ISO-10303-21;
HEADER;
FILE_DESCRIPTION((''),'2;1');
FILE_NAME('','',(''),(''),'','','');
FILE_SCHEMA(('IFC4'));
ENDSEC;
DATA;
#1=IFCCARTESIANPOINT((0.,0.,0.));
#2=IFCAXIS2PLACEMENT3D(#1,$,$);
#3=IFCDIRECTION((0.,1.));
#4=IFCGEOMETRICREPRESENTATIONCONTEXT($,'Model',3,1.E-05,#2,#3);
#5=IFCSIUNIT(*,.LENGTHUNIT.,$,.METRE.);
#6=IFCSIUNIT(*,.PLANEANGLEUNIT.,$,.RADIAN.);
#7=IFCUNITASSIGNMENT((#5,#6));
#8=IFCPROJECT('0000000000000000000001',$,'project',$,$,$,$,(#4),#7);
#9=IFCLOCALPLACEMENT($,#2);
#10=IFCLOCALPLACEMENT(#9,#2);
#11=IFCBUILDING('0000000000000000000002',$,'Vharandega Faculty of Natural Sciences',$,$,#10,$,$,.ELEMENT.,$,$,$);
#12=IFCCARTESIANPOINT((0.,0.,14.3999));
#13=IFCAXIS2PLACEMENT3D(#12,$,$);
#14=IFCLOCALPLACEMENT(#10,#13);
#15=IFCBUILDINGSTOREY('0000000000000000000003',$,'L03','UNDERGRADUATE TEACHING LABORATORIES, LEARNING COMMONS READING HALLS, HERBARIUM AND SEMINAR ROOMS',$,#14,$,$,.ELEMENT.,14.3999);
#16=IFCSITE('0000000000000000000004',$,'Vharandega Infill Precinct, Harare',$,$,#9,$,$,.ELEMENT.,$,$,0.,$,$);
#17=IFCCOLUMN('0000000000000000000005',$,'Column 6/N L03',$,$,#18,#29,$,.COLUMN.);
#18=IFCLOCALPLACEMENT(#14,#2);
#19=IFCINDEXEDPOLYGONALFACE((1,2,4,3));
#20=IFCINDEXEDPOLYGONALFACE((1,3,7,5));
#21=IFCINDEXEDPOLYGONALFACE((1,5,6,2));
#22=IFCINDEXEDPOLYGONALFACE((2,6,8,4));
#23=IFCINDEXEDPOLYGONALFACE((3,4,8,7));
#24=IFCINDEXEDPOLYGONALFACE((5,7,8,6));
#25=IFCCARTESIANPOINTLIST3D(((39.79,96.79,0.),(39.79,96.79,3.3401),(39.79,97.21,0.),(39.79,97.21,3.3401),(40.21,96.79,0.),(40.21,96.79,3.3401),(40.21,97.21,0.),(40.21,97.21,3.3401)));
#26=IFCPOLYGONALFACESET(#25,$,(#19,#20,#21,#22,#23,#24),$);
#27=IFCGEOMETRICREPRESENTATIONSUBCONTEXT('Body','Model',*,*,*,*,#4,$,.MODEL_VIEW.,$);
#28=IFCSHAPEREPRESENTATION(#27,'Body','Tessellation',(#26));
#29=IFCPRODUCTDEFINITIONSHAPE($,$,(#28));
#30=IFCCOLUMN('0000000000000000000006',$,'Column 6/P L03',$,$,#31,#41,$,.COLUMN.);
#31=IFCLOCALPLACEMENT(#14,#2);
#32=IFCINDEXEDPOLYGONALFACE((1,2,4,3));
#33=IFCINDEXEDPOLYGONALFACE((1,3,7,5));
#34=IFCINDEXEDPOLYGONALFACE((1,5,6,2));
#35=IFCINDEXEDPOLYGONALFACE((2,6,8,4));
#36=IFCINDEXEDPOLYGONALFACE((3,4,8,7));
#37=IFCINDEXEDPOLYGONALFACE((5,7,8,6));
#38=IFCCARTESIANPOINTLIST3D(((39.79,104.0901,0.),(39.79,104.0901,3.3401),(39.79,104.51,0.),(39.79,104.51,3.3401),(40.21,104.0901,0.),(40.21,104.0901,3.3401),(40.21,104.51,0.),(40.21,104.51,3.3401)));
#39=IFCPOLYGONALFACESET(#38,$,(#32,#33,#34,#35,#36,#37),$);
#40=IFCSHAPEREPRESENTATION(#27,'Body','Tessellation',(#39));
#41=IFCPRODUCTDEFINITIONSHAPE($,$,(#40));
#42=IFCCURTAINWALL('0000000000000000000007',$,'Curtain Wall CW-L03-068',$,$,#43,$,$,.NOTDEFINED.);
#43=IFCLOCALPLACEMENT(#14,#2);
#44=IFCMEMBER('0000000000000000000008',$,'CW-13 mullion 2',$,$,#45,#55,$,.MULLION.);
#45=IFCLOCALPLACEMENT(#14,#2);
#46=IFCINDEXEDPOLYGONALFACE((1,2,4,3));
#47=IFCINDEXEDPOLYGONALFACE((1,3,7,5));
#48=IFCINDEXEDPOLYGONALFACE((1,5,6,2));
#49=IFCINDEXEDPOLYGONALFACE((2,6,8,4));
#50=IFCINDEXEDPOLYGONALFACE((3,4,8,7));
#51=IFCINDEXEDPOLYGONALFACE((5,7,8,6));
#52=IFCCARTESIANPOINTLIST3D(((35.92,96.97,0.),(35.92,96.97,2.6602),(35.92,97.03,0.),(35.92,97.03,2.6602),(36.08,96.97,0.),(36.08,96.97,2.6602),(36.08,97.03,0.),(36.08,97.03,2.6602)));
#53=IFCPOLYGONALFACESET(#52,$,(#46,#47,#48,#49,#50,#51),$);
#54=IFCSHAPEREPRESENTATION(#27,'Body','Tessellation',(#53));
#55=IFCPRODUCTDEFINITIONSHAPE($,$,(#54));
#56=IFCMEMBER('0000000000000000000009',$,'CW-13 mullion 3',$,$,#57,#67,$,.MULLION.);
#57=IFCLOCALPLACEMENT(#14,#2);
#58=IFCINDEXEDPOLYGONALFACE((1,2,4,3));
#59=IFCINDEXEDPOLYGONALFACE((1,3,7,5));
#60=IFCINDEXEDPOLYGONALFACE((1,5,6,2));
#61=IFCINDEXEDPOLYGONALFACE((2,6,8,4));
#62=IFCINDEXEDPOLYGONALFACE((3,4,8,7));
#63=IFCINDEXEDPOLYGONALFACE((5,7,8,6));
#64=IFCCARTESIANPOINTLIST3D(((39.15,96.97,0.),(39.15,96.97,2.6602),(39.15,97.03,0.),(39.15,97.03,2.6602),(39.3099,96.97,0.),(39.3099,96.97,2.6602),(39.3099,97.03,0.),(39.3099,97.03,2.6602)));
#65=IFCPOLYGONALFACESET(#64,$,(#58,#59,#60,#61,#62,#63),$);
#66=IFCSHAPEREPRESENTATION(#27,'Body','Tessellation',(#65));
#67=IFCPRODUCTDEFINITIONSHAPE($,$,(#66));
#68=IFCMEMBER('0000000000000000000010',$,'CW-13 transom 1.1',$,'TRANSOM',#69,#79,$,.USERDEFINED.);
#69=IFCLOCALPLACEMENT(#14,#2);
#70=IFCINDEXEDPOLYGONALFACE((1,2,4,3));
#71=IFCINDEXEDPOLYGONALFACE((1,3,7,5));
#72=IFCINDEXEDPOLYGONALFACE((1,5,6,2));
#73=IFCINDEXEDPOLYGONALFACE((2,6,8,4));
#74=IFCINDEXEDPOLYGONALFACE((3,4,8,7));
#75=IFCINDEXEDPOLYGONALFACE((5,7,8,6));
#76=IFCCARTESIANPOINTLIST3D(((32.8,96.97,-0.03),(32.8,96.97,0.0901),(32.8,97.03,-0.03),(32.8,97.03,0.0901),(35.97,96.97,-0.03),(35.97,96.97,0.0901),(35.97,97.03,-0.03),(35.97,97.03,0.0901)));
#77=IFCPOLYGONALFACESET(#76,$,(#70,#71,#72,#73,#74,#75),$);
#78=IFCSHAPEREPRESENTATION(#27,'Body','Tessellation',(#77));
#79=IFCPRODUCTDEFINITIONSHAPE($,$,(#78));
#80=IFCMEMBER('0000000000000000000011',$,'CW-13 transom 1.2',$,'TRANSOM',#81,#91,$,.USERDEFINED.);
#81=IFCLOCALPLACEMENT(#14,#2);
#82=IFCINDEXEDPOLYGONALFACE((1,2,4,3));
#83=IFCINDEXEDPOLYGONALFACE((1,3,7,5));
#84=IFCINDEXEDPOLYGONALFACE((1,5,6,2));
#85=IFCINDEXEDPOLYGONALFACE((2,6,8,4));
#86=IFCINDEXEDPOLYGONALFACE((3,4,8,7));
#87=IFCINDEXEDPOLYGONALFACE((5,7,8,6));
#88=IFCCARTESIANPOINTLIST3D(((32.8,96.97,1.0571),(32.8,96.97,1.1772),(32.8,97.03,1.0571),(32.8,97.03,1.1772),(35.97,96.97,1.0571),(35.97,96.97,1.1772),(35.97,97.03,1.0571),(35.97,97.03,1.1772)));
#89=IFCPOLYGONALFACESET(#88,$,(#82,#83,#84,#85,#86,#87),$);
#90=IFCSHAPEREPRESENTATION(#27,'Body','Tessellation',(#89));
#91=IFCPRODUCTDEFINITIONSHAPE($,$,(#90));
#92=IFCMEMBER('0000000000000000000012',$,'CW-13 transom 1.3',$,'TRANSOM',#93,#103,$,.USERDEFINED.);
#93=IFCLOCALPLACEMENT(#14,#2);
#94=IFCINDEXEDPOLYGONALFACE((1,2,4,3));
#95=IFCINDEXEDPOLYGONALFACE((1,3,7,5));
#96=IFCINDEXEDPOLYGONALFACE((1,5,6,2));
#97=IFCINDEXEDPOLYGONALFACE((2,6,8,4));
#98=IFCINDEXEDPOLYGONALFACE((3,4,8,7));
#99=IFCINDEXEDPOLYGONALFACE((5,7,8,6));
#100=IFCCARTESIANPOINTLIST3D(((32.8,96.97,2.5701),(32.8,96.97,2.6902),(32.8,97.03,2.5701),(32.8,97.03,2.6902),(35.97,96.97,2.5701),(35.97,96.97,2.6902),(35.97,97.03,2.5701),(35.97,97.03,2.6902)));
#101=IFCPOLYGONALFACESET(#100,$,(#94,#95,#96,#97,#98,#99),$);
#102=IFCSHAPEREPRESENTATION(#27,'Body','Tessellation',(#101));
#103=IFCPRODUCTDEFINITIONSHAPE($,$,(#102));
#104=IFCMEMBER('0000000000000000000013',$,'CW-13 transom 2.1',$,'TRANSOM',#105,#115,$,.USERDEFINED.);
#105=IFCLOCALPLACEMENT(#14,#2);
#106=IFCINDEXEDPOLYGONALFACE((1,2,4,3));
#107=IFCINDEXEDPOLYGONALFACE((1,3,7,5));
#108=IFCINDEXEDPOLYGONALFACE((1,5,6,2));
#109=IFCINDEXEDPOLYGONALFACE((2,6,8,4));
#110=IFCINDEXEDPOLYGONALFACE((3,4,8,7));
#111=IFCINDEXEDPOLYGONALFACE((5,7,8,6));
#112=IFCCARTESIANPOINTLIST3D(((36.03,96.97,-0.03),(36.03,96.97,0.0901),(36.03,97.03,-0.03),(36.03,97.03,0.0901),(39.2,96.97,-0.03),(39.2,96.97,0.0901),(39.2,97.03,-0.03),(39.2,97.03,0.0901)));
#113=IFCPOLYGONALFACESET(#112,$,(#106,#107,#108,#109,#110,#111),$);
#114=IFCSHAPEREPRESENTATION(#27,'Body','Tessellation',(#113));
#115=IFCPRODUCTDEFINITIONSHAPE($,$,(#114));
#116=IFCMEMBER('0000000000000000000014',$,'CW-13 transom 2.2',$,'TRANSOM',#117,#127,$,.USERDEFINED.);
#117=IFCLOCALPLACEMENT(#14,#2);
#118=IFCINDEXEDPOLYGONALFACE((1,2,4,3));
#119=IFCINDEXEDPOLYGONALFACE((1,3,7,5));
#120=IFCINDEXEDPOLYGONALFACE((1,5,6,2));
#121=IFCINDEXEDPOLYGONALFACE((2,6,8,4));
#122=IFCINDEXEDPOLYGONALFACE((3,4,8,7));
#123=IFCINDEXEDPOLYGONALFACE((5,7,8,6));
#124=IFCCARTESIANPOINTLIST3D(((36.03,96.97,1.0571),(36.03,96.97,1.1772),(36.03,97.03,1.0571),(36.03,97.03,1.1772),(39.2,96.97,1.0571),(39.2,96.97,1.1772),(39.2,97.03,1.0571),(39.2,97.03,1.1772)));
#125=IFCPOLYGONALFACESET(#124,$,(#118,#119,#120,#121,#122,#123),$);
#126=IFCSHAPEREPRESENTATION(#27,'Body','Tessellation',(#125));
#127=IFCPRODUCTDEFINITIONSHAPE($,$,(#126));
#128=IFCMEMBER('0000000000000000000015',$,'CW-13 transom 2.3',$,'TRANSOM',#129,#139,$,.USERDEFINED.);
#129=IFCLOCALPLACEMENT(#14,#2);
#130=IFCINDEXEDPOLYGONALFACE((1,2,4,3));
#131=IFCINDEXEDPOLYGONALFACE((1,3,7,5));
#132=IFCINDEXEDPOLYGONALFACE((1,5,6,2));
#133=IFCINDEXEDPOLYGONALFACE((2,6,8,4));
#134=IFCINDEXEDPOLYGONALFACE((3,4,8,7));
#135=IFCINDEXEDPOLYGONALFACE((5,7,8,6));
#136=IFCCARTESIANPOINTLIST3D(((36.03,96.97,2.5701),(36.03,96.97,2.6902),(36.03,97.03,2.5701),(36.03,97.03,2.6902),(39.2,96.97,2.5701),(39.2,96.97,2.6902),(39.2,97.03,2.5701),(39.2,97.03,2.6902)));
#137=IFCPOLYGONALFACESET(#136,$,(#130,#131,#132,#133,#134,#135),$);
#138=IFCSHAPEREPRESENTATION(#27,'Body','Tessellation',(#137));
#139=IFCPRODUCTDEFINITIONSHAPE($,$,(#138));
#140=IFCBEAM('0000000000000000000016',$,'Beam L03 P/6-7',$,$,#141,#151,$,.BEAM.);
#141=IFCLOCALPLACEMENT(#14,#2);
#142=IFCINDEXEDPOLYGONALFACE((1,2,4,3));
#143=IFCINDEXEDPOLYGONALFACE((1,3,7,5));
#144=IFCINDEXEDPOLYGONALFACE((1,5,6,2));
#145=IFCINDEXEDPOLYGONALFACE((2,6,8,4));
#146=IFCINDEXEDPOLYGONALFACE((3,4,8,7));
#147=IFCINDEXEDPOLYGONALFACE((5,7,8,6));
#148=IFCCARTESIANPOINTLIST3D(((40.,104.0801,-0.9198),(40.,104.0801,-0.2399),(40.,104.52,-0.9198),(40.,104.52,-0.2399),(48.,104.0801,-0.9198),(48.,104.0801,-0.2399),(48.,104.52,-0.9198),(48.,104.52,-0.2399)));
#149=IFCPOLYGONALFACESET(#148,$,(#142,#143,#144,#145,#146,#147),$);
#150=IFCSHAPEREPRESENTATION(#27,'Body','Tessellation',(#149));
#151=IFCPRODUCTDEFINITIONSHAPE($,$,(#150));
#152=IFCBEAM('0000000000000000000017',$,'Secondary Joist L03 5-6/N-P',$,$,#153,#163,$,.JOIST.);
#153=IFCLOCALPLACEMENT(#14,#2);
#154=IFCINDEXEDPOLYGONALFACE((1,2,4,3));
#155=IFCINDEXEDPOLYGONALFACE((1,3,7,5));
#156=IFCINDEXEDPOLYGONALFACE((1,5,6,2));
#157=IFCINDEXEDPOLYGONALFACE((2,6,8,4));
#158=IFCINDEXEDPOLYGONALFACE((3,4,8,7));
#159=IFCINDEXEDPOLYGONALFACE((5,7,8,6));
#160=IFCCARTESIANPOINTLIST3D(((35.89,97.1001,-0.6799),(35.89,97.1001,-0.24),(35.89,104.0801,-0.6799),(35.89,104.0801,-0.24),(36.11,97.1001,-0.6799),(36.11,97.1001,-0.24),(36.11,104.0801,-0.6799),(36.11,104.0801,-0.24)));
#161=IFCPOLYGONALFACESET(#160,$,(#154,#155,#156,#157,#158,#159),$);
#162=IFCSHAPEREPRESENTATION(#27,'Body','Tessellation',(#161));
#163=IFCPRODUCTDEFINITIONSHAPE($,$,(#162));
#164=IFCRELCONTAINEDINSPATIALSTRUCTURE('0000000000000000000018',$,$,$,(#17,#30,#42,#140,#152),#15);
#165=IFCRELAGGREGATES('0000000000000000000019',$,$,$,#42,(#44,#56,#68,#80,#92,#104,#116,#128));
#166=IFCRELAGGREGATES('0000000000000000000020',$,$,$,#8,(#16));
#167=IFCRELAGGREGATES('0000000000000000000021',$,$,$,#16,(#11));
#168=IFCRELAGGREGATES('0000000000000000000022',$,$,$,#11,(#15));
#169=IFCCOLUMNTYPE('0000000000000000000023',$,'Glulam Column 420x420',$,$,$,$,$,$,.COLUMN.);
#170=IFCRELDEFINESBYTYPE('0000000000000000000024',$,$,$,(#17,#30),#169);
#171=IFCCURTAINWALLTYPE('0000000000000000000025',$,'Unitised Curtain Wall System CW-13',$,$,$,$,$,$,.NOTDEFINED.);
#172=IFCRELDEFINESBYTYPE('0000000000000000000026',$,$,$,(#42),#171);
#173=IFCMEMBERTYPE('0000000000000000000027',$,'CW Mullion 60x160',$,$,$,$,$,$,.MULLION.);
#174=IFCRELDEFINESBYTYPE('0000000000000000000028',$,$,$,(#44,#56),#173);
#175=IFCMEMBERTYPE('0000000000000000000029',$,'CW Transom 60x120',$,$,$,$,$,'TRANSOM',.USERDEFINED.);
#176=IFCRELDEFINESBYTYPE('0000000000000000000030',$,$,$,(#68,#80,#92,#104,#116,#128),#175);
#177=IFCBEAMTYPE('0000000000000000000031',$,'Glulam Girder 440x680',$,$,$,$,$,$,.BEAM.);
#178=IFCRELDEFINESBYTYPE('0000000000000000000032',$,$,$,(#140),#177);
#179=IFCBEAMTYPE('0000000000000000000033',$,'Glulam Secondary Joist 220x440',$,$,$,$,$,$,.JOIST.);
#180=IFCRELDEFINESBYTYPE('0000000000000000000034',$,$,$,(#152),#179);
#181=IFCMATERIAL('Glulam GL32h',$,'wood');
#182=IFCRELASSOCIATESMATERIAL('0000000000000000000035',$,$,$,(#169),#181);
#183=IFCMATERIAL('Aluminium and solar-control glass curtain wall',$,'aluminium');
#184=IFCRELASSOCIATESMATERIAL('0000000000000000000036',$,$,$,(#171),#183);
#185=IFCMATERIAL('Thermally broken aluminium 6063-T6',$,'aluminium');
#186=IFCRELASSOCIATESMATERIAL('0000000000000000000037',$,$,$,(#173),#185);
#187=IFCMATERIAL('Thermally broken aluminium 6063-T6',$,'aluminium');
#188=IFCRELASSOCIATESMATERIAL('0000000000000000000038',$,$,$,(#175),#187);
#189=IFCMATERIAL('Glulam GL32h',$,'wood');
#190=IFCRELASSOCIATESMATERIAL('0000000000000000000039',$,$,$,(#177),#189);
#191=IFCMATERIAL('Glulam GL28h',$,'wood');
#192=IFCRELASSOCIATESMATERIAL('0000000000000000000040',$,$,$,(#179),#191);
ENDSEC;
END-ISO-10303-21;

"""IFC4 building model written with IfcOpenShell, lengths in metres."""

from ifc_helpers import new_model, si_unit, direction, frame, origin, origin_2d, place, context, subcontext, project, spatial, rectangle, extrude, material, material_profile, profile_set, type_object, element, aggregate, save


model = new_model("IFC4")

# Units and contexts
model_context = context("Model", 3, precision=1e-05, world=origin(), true_north=direction((0.0, 1.0)))
body_context = subcontext(model_context, "Body", "Model", "MODEL_VIEW")
ifc_project = project(units=[si_unit("LENGTHUNIT", "METRE"), si_unit("PLANEANGLEUNIT", "RADIAN")], contexts=[model_context])

# Site, building, storey
site_placement = place(None, origin())
site = spatial("IfcSite", under=ifc_project, at=site_placement, Name="Vharandega Infill Precinct, Harare", CompositionType="ELEMENT", RefElevation=0.0)
building_placement = place(site_placement, origin())
building = spatial("IfcBuilding", under=site, at=building_placement, Name="Vharandega Faculty of Natural Sciences", CompositionType="ELEMENT")
storey_placement = place(building_placement, frame((0.0, 0.0, 14.3999)))
storey = spatial("IfcBuildingStorey", under=building, at=storey_placement, Name="L03", Description="UNDERGRADUATE TEACHING LABORATORIES, LEARNING COMMONS READING HALLS, HERBARIUM AND SEMINAR ROOMS", CompositionType="ELEMENT", Elevation=14.3999)

# Columns
ifc_material_1 = material(Name="Glulam GL32h", Category="wood")
ifc_material_profile_1 = material_profile(ifc_material_1, rectangle(XDim=0.4199, YDim=0.4199, at=origin_2d()), Name="GL32h 420x420")
ifc_profile_set_1 = profile_set([ifc_material_profile_1], Name="Glulam GL32h")
column_type = type_object("IfcColumnType", Name="Glulam Column 420x420", PredefinedType="COLUMN", material=ifc_profile_set_1)
for number, where, z_axis, x_axis, name in (
    (1, (40.0, 97.0, 0.0), (0.0, 0.0, 1.0), (1.0, 0.0, 0.0), "Column 6/N L03"),
    (2, (40.0, 104.3, 0.0), (0.0, 0.0, 1.0), (1.0, 0.0, 0.0), "Column 6/P L03"),
):
    element("IfcColumn", number, at=place(storey_placement, frame(where, z_axis=z_axis, x_axis=x_axis)), inside=storey, type_object=column_type, Name=name, PredefinedType="COLUMN", context=body_context, shape_type="SweptSolid", body=[
        extrude(rectangle(XDim=0.4199, YDim=0.4199, at=origin_2d()), origin(), (0.0, 0.0, 1.0), 3.3401),
    ])

# Curtain wall, members
ifc_material_2 = material(Name="Aluminium and solar-control glass curtain wall", Category="aluminium")
curtain_wall_type = type_object("IfcCurtainWallType", Name="Unitised Curtain Wall System CW-13", PredefinedType="NOTDEFINED", material=ifc_material_2)
curtain_wall_placement = place(storey_placement, origin())
curtain_wall = element("IfcCurtainWall", 3, at=curtain_wall_placement, inside=storey, type_object=curtain_wall_type, Name="Curtain Wall CW-L03-068", PredefinedType="NOTDEFINED")
ifc_material_3 = material(Name="Thermally broken aluminium 6063-T6", Category="aluminium")
ifc_material_profile_2 = material_profile(ifc_material_3, rectangle(XDim=0.0601, YDim=0.1599, at=origin_2d()), Name="ALU 60x160")
ifc_profile_set_2 = profile_set([ifc_material_profile_2], Name="Thermally broken aluminium 6063-T6")
member_type_1 = type_object("IfcMemberType", Name="CW Mullion 60x160", PredefinedType="MULLION", material=ifc_profile_set_2)
member_1_placement = place(storey_placement, frame((36.0, 97.0, 0.0), z_axis=(0.0, 0.0, 1.0), x_axis=(0.0, 1.0, 0.0)))
member_1 = element("IfcMember", 4, at=member_1_placement, type_object=member_type_1, Name="CW-13 mullion 2", PredefinedType="MULLION", context=body_context, shape_type="SweptSolid", body=[
    extrude(rectangle(XDim=0.0601, YDim=0.1599, at=origin_2d()), origin(), (0.0, 0.0, 1.0), 2.6602),
])
member_2_placement = place(storey_placement, frame((39.23, 97.0, 0.0), z_axis=(0.0, 0.0, 1.0), x_axis=(0.0, 1.0, 0.0)))
member_2 = element("IfcMember", 5, at=member_2_placement, type_object=member_type_1, Name="CW-13 mullion 3", PredefinedType="MULLION", context=body_context, shape_type="SweptSolid", body=[
    extrude(rectangle(XDim=0.0601, YDim=0.1599, at=origin_2d()), origin(), (0.0, 0.0, 1.0), 2.6602),
])
ifc_material_4 = material(Name="Thermally broken aluminium 6063-T6", Category="aluminium")
ifc_material_profile_3 = material_profile(ifc_material_4, rectangle(XDim=0.0601, YDim=0.1201, at=origin_2d()), Name="ALU 60x120")
ifc_profile_set_3 = profile_set([ifc_material_profile_3], Name="Thermally broken aluminium 6063-T6")
member_type_2 = type_object("IfcMemberType", Name="CW Transom 60x120", ElementType="TRANSOM", PredefinedType="USERDEFINED", material=ifc_profile_set_3)
member_3_placement = place(storey_placement, frame((32.8, 97.0, 0.03), z_axis=(1.0, 0.0, 0.0), x_axis=(0.0, 1.0, 0.0)))
member_3 = element("IfcMember", 6, at=member_3_placement, type_object=member_type_2, Name="CW-13 transom 1.1", ObjectType="TRANSOM", PredefinedType="USERDEFINED", context=body_context, shape_type="SweptSolid", body=[
    extrude(rectangle(XDim=0.0601, YDim=0.1201, at=origin_2d()), origin(), (0.0, 0.0, 1.0), 3.1699),
])
member_4_placement = place(storey_placement, frame((32.8, 97.0, 1.1172), z_axis=(1.0, 0.0, 0.0), x_axis=(0.0, 1.0, 0.0)))
member_4 = element("IfcMember", 7, at=member_4_placement, type_object=member_type_2, Name="CW-13 transom 1.2", ObjectType="TRANSOM", PredefinedType="USERDEFINED", context=body_context, shape_type="SweptSolid", body=[
    extrude(rectangle(XDim=0.0601, YDim=0.1201, at=origin_2d()), origin(), (0.0, 0.0, 1.0), 3.1699),
])
member_5_placement = place(storey_placement, frame((32.8, 97.0, 2.6301), z_axis=(1.0, 0.0, 0.0), x_axis=(0.0, 1.0, 0.0)))
member_5 = element("IfcMember", 8, at=member_5_placement, type_object=member_type_2, Name="CW-13 transom 1.3", ObjectType="TRANSOM", PredefinedType="USERDEFINED", context=body_context, shape_type="SweptSolid", body=[
    extrude(rectangle(XDim=0.0601, YDim=0.1201, at=origin_2d()), origin(), (0.0, 0.0, 1.0), 3.1699),
])
member_6_placement = place(storey_placement, frame((36.03, 97.0, 0.03), z_axis=(1.0, 0.0, 0.0), x_axis=(0.0, 1.0, 0.0)))
member_6 = element("IfcMember", 9, at=member_6_placement, type_object=member_type_2, Name="CW-13 transom 2.1", ObjectType="TRANSOM", PredefinedType="USERDEFINED", context=body_context, shape_type="SweptSolid", body=[
    extrude(rectangle(XDim=0.0601, YDim=0.1201, at=origin_2d()), origin(), (0.0, 0.0, 1.0), 3.1699),
])
member_7_placement = place(storey_placement, frame((36.03, 97.0, 1.1172), z_axis=(1.0, 0.0, 0.0), x_axis=(0.0, 1.0, 0.0)))
member_7 = element("IfcMember", 10, at=member_7_placement, type_object=member_type_2, Name="CW-13 transom 2.2", ObjectType="TRANSOM", PredefinedType="USERDEFINED", context=body_context, shape_type="SweptSolid", body=[
    extrude(rectangle(XDim=0.0601, YDim=0.1201, at=origin_2d()), origin(), (0.0, 0.0, 1.0), 3.1699),
])
member_8_placement = place(storey_placement, frame((36.03, 97.0, 2.6301), z_axis=(1.0, 0.0, 0.0), x_axis=(0.0, 1.0, 0.0)))
member_8 = element("IfcMember", 11, at=member_8_placement, type_object=member_type_2, Name="CW-13 transom 2.3", ObjectType="TRANSOM", PredefinedType="USERDEFINED", context=body_context, shape_type="SweptSolid", body=[
    extrude(rectangle(XDim=0.0601, YDim=0.1201, at=origin_2d()), origin(), (0.0, 0.0, 1.0), 3.1699),
])

# Beams
ifc_material_5 = material(Name="Glulam GL32h", Category="wood")
ifc_material_profile_4 = material_profile(ifc_material_5, rectangle(XDim=0.4399, YDim=0.6799, at=origin_2d()), Name="GL32h 440x680")
ifc_profile_set_4 = profile_set([ifc_material_profile_4], Name="Glulam GL32h")
beam_type_1 = type_object("IfcBeamType", Name="Glulam Girder 440x680", PredefinedType="BEAM", material=ifc_profile_set_4)
beam_1_placement = place(storey_placement, frame((40.0, 104.3, -0.5798), z_axis=(1.0, 0.0, 0.0), x_axis=(0.0, 1.0, 0.0)))
element("IfcBeam", 12, at=beam_1_placement, inside=storey, type_object=beam_type_1, Name="Beam L03 P/6-7", PredefinedType="BEAM", context=body_context, shape_type="SweptSolid", body=[
    extrude(rectangle(XDim=0.4399, YDim=0.6799, at=origin_2d()), origin(), (0.0, 0.0, 1.0), 8.0),
])
ifc_material_6 = material(Name="Glulam GL28h", Category="wood")
ifc_material_profile_5 = material_profile(ifc_material_6, rectangle(XDim=0.22, YDim=0.4399, at=origin_2d()), Name="GL28h 220x440")
ifc_profile_set_5 = profile_set([ifc_material_profile_5], Name="Glulam GL28h")
beam_type_2 = type_object("IfcBeamType", Name="Glulam Secondary Joist 220x440", PredefinedType="JOIST", material=ifc_profile_set_5)
beam_2_placement = place(storey_placement, frame((36.0, 97.1001, -0.46), z_axis=(0.0, 1.0, 0.0), x_axis=(-1.0, 0.0, 0.0)))
element("IfcBeam", 13, at=beam_2_placement, inside=storey, type_object=beam_type_2, Name="Secondary Joist L03 5-6/N-P", PredefinedType="JOIST", context=body_context, shape_type="SweptSolid", body=[
    extrude(rectangle(XDim=0.22, YDim=0.4399, at=origin_2d()), origin(), (0.0, 0.0, 1.0), 6.98),
])

aggregate(curtain_wall, [member_1, member_2, member_3, member_4, member_5, member_6, member_7, member_8])

save(model, "model.ifc")
